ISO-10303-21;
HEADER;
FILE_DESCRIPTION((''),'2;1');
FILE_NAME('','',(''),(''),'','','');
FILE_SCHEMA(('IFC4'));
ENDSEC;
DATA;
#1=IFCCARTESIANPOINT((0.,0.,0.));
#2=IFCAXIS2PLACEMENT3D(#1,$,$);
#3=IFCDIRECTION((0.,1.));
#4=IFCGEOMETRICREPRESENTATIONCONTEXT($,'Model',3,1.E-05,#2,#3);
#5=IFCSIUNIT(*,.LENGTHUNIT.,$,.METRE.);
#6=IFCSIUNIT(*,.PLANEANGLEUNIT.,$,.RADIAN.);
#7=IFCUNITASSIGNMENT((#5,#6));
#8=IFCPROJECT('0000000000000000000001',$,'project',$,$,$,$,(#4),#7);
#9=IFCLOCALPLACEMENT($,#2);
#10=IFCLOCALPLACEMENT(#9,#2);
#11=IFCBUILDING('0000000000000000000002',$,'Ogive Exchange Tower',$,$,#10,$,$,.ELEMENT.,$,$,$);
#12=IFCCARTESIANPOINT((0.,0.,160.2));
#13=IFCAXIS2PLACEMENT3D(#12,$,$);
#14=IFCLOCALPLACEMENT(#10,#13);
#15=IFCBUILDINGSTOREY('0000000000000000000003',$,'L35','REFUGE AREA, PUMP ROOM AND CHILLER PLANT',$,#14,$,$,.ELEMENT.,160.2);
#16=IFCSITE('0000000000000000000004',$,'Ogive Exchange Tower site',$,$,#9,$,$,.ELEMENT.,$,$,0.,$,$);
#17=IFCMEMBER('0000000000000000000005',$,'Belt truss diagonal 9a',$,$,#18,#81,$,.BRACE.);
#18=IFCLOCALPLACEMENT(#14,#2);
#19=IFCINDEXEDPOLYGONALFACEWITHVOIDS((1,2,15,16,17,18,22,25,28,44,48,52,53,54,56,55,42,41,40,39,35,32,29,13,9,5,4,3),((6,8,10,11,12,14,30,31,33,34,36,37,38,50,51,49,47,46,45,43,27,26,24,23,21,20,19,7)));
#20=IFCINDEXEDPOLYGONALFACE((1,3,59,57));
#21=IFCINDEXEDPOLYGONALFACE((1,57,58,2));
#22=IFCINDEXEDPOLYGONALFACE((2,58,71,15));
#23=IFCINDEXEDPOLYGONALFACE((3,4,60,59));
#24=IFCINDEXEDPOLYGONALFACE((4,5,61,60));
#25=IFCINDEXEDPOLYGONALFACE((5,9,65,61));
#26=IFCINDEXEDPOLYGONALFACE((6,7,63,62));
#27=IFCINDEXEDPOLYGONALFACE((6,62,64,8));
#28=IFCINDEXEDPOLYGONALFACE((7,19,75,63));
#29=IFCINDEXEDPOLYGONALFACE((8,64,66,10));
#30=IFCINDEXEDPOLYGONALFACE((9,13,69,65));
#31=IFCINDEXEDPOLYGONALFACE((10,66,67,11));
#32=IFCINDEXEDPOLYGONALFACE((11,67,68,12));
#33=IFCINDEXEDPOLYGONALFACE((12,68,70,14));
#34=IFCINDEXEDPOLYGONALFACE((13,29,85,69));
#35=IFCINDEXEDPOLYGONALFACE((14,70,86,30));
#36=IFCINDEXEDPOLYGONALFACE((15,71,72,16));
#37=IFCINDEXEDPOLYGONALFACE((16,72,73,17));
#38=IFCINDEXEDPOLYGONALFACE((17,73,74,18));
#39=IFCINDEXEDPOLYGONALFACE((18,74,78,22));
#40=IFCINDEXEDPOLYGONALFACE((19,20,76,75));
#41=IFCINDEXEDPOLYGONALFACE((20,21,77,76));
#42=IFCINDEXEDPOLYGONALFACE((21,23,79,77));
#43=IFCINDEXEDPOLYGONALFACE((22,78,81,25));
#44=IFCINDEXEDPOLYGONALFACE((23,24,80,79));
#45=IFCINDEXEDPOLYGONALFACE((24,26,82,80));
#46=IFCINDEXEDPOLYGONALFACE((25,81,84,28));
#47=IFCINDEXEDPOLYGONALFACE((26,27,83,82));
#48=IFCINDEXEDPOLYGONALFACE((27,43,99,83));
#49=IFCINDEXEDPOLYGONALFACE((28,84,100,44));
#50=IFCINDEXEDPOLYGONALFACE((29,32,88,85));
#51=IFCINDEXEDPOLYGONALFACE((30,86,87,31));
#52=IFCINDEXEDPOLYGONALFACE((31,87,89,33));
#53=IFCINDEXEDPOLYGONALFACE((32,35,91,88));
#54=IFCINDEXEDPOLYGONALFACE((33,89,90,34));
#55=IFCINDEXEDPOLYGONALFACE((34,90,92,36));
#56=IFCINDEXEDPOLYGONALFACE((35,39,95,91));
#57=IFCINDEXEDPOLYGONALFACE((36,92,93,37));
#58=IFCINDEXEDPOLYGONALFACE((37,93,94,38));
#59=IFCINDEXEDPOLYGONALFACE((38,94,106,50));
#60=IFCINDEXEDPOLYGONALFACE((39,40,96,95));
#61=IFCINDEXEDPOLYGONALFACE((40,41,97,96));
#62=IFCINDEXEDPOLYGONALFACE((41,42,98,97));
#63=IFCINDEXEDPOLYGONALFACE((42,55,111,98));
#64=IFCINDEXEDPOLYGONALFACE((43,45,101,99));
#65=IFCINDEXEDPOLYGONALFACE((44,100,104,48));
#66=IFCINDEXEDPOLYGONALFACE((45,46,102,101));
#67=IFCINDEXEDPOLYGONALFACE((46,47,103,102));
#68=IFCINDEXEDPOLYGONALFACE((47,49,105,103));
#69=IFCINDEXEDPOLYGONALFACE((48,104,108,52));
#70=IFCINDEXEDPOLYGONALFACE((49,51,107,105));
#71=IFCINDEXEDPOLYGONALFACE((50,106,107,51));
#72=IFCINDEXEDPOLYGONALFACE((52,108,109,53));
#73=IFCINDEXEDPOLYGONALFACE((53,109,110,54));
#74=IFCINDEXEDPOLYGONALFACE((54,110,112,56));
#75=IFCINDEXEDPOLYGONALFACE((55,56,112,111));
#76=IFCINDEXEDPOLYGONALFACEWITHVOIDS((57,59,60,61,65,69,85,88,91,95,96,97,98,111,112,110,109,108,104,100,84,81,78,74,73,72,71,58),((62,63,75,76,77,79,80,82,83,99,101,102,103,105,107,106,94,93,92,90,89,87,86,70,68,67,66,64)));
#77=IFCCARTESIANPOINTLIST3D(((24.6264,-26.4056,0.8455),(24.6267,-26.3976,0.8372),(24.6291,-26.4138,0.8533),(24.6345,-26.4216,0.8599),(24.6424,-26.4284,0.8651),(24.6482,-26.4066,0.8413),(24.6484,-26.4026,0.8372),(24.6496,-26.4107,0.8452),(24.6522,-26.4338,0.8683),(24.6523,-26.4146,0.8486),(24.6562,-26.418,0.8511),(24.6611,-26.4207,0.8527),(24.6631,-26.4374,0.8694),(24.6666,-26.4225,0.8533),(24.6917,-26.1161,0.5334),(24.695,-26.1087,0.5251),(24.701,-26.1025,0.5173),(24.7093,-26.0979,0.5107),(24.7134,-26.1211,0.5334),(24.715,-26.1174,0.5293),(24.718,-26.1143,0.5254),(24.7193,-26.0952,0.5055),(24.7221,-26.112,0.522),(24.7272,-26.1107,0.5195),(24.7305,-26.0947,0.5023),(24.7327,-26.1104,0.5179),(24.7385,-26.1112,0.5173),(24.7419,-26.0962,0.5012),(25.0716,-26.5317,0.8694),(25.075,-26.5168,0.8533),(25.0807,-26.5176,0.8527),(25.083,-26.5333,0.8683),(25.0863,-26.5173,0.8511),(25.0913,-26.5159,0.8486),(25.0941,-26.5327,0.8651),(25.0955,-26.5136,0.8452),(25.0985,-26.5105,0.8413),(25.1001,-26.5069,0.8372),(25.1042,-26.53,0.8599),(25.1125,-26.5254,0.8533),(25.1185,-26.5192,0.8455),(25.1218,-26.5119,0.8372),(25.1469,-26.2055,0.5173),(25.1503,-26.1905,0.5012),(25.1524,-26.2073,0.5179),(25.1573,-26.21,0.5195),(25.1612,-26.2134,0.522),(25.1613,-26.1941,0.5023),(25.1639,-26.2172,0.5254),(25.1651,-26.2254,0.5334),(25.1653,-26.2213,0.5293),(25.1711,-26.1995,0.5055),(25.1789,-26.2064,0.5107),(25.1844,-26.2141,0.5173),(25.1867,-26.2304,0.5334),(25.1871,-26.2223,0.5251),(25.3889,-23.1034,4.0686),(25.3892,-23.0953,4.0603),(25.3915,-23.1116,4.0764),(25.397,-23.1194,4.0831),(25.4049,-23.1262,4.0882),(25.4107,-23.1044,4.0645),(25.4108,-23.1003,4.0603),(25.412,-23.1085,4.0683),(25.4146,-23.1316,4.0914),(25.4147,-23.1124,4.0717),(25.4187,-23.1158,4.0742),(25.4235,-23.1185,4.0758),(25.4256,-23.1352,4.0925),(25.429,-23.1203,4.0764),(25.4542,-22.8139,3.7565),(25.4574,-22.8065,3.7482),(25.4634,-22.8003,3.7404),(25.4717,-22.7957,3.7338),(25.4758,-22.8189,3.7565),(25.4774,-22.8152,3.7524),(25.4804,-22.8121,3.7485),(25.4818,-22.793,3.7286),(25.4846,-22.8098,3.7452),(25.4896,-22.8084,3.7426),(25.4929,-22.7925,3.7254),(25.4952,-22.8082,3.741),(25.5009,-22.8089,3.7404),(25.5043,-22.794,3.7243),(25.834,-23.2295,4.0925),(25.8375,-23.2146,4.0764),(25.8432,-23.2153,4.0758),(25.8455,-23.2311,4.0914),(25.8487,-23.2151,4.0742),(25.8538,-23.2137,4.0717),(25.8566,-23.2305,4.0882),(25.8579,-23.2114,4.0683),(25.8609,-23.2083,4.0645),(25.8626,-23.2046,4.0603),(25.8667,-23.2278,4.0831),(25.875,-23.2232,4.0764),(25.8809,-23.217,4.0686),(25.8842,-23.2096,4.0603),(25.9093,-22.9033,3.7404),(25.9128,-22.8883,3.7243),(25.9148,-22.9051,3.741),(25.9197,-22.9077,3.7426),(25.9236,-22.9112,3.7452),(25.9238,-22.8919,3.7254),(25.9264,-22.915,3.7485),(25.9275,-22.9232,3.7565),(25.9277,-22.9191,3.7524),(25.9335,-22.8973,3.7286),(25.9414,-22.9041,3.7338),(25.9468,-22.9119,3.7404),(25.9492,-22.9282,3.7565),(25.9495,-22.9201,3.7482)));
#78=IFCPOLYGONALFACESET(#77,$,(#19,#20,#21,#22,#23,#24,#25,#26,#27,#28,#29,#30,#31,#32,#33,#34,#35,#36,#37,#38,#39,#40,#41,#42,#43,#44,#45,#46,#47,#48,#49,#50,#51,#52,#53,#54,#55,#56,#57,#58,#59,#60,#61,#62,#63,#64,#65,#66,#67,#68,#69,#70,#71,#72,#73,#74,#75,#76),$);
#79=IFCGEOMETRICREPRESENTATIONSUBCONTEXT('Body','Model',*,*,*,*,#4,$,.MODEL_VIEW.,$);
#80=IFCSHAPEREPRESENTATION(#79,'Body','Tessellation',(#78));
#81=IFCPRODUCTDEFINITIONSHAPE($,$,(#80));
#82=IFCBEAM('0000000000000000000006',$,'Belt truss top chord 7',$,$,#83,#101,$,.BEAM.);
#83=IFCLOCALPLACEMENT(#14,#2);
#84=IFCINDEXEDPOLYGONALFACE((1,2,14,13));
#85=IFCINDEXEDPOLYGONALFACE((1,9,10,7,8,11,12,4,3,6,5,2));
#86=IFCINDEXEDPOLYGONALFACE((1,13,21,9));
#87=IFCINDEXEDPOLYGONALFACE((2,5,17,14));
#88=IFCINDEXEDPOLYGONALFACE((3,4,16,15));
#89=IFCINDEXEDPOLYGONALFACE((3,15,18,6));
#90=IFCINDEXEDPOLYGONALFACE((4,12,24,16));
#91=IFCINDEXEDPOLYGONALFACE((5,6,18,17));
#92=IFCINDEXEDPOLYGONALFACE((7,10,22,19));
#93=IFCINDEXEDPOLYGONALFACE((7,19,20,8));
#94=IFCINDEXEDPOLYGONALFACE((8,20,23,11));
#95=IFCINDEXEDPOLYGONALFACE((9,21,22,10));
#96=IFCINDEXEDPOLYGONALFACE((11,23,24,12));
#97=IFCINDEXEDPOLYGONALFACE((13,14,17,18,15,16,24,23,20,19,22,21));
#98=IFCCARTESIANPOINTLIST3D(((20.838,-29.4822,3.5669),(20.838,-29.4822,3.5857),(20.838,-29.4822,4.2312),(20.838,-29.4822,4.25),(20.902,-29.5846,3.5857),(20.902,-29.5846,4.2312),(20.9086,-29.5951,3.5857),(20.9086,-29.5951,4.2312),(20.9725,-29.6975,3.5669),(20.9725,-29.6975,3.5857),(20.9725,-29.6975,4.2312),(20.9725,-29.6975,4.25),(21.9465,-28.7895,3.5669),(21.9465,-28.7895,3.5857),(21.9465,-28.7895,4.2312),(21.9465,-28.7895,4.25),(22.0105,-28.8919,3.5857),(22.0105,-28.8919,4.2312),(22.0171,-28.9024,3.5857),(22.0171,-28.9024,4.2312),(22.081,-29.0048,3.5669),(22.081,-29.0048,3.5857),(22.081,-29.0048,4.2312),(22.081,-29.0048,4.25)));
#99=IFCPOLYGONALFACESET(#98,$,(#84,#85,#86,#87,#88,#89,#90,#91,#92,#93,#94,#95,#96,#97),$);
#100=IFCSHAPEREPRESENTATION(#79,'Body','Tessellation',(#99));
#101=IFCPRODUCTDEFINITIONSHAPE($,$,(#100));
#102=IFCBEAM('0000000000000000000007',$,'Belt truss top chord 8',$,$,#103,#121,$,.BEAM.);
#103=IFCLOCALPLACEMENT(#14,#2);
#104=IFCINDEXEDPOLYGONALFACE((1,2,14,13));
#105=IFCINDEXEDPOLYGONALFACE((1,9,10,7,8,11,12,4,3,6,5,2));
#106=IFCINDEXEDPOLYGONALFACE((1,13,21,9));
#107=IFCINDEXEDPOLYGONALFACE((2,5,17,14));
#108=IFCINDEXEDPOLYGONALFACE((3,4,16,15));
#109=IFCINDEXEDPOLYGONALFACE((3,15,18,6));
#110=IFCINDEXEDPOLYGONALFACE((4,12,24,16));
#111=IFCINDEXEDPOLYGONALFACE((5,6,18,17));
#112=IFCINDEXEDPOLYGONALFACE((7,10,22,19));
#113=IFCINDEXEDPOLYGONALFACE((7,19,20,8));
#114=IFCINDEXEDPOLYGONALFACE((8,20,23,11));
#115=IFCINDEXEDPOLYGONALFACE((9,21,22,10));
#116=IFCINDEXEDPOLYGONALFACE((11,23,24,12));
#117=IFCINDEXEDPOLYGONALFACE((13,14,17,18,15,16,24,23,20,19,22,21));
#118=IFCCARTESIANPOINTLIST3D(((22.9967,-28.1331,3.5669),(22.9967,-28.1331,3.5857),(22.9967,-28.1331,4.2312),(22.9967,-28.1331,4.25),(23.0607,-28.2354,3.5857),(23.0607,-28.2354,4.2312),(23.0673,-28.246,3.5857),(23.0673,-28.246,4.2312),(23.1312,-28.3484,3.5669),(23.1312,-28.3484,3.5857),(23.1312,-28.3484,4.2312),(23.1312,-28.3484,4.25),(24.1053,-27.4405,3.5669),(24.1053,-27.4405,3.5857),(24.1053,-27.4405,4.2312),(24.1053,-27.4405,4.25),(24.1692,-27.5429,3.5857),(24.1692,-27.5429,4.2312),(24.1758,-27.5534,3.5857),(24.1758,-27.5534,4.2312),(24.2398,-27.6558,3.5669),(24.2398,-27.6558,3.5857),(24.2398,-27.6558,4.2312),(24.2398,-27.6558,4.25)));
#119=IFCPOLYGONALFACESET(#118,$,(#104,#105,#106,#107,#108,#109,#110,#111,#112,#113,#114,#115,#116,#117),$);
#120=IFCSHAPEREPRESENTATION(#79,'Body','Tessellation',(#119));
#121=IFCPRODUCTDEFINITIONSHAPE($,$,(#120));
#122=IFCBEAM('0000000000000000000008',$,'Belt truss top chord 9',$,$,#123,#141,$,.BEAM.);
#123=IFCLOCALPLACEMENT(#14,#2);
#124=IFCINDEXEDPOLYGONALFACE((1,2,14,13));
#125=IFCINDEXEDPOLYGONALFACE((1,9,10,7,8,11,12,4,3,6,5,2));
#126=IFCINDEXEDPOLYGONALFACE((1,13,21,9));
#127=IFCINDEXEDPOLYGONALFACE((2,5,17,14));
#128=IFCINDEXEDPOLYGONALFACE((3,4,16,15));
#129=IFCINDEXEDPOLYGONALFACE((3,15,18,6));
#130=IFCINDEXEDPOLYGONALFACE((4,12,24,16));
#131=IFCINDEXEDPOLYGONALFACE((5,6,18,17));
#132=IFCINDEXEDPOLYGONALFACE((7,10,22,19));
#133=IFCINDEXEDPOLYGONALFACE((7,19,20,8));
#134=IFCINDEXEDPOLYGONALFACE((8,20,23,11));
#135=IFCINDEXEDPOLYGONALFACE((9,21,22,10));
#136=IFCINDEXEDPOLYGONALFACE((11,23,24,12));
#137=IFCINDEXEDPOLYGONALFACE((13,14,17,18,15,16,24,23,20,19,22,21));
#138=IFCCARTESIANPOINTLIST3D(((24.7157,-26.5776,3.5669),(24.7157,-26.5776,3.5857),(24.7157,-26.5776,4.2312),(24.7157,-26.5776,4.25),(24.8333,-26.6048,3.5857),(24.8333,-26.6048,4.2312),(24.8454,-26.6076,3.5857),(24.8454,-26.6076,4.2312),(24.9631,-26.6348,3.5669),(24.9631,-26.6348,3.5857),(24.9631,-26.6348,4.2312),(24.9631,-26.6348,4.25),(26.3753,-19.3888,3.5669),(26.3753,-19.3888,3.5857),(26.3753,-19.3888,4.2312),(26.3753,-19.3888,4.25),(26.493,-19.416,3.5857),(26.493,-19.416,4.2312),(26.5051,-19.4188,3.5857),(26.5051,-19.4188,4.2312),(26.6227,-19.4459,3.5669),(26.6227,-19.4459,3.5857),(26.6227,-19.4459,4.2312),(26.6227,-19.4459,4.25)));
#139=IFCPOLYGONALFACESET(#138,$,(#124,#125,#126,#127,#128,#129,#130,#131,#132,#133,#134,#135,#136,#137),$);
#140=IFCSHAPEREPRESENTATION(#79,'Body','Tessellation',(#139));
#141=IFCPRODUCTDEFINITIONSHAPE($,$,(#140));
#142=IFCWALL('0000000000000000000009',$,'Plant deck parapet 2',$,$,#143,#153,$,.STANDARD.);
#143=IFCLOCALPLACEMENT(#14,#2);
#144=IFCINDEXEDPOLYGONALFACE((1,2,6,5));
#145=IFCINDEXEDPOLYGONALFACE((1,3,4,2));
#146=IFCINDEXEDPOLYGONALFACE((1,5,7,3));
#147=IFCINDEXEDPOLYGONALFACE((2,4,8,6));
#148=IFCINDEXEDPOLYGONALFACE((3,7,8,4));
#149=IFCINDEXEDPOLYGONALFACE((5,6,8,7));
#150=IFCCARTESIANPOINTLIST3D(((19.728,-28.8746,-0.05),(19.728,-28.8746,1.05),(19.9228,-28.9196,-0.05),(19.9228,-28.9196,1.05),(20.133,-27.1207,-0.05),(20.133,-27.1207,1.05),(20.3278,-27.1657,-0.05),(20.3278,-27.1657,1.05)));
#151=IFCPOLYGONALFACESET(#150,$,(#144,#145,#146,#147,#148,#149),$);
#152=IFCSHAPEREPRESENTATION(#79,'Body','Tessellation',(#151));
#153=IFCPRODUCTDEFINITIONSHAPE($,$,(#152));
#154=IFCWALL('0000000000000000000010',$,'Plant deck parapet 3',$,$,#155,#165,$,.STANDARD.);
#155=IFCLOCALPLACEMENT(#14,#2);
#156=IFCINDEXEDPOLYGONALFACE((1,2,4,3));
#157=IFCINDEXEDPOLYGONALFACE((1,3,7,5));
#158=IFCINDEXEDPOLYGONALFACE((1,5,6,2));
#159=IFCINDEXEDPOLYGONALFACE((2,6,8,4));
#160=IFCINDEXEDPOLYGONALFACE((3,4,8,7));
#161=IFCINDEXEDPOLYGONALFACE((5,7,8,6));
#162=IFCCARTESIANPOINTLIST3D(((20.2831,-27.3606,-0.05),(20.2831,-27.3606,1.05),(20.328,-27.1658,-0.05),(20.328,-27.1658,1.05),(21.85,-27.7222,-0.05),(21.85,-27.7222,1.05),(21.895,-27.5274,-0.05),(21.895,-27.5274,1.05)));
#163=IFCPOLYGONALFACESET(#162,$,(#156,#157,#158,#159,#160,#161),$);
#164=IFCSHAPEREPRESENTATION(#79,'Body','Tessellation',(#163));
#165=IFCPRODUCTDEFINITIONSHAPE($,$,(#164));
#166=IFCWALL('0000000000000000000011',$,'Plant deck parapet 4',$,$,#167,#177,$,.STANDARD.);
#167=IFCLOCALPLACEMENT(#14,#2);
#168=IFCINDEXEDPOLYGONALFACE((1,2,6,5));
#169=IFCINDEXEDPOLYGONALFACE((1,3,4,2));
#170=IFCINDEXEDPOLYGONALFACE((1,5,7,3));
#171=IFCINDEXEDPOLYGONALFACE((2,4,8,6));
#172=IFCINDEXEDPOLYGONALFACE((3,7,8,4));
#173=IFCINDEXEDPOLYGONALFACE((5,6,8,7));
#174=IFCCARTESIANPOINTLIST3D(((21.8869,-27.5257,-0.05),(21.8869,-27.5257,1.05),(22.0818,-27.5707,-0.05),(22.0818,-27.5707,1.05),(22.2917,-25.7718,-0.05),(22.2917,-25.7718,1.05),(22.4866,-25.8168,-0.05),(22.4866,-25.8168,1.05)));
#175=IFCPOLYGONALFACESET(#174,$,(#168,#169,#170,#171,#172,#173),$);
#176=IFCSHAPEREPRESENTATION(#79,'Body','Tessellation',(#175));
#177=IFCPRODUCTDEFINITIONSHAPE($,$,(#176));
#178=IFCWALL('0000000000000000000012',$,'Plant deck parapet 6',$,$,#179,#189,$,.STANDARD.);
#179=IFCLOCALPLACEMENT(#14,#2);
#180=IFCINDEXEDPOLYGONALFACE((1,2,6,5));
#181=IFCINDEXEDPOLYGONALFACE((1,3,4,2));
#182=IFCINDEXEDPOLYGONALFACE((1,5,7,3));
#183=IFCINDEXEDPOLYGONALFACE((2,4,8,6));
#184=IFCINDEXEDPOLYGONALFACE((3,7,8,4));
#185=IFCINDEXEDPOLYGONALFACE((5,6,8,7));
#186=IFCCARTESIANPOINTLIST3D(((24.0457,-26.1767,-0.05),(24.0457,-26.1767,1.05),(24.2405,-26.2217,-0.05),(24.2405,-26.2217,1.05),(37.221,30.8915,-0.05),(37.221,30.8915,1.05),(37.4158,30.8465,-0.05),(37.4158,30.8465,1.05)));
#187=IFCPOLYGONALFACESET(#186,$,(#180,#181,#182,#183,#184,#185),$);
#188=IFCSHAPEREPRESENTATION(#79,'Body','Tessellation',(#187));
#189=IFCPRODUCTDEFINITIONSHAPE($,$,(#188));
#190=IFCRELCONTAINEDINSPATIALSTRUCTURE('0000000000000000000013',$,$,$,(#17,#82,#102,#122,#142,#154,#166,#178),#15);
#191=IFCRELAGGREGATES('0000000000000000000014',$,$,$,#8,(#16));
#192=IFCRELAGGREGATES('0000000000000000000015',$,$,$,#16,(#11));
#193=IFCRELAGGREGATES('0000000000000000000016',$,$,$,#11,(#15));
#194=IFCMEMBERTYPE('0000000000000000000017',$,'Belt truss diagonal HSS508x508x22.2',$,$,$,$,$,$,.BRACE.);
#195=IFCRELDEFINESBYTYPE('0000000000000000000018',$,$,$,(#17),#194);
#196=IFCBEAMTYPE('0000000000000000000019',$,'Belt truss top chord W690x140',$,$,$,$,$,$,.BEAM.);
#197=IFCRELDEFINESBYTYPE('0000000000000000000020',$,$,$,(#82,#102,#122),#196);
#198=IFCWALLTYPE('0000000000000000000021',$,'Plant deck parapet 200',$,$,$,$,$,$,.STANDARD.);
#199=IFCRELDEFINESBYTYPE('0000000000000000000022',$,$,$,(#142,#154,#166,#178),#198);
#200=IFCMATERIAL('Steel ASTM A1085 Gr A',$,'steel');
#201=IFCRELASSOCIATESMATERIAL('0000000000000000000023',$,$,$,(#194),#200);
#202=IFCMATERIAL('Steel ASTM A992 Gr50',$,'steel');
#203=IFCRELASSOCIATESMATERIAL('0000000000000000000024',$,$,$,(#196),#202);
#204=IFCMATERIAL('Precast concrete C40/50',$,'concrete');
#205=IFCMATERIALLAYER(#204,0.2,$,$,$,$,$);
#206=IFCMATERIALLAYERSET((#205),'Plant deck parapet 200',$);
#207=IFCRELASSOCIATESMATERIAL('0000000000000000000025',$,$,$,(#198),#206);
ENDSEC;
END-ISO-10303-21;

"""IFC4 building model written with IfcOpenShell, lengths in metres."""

from ifc_helpers import new_model, si_unit, direction, frame, frame_2d, origin, origin_2d, place, context, subcontext, project, spatial, rectangle, hollow_rectangle, i_section, extrude, material, layer, layer_set, material_profile, profile_set, type_object, element, save


model = new_model("IFC4")

# Units and contexts
model_context = context("Model", 3, precision=1e-05, world=origin(), true_north=direction((0.0, 1.0)))
body_context = subcontext(model_context, "Body", "Model", "MODEL_VIEW")
ifc_project = project(units=[si_unit("LENGTHUNIT", "METRE"), si_unit("PLANEANGLEUNIT", "RADIAN")], contexts=[model_context])

# Site, building, storey
site_placement = place(None, origin())
site = spatial("IfcSite", under=ifc_project, at=site_placement, Name="Ogive Exchange Tower site", CompositionType="ELEMENT", RefElevation=0.0)
building_placement = place(site_placement, origin())
building = spatial("IfcBuilding", under=site, at=building_placement, Name="Ogive Exchange Tower", CompositionType="ELEMENT")
storey_placement = place(building_placement, frame((0.0, 0.0, 160.2)))
storey = spatial("IfcBuildingStorey", under=building, at=storey_placement, Name="L35", Description="REFUGE AREA, PUMP ROOM AND CHILLER PLANT", CompositionType="ELEMENT", Elevation=160.2)

# Shared definitions
ifc_material_1 = material(Name="Steel ASTM A992 Gr50", Category="steel")

# Member
ifc_material_2 = material(Name="Steel ASTM A1085 Gr A", Category="steel")
ifc_material_profile_1 = material_profile(ifc_material_2, hollow_rectangle(XDim=0.5081, YDim=0.5081, WallThickness=0.0222, InnerFilletRadius=0.0222, OuterFilletRadius=0.0444, at=origin_2d()), Name="HSS508x508x22.2")
ifc_profile_set_1 = profile_set([ifc_material_profile_1], Name="Steel ASTM A1085 Gr A")
member_type = type_object("IfcMemberType", Name="Belt truss diagonal HSS508x508x22.2", PredefinedType="BRACE", material=ifc_profile_set_1)
member_1_placement = place(storey_placement, frame((24.9067, -26.314, 0.6853), z_axis=(0.16302, 0.706053, 0.68914), x_axis=(-0.974366, 0.22497, 0.0)))
element("IfcMember", 1, at=member_1_placement, inside=storey, type_object=member_type, Name="Belt truss diagonal 9a", PredefinedType="BRACE", context=body_context, shape_type="SweptSolid", body=[
    extrude(hollow_rectangle(XDim=0.5081, YDim=0.5081, WallThickness=0.0222, InnerFilletRadius=0.0222, OuterFilletRadius=0.0444, at=origin_2d()), origin(), (0.0, 0.0, 1.0), 4.677),
])

# Beams
ifc_material_profile_2 = material_profile(ifc_material_1, i_section(OverallWidth=0.2539, OverallDepth=0.6831, WebThickness=0.0125, FlangeThickness=0.0188, at=origin_2d()), Name="W690x140")
ifc_profile_set_2 = profile_set([ifc_material_profile_2], Name="Steel ASTM A992 Gr50")
beam_type_1 = type_object("IfcBeamType", Name="Belt truss top chord W690x140", PredefinedType="BEAM", material=ifc_profile_set_2)
for number, where, z_axis, x_axis, name in (
    (2, (20.9053, -29.5898, 3.9084), (0.84804, 0.529932, 0.0), (-0.529932, 0.84804, 0.0), "Belt truss top chord 7"),
    (3, (23.064, -28.2407, 3.9084), (0.848093, 0.529848, 0.0), (-0.529848, 0.848093, 0.0), "Belt truss top chord 8"),
):
    element("IfcBeam", number, at=place(storey_placement, frame(where, z_axis=z_axis, x_axis=x_axis)), inside=storey, type_object=beam_type_1, Name=name, PredefinedType="BEAM", context=body_context, shape_type="SweptSolid", body=[
        extrude(i_section(OverallWidth=0.2539, OverallDepth=0.6831, WebThickness=0.0125, FlangeThickness=0.0188, at=origin_2d()), origin(), (0.0, 0.0, 1.0), 1.3071),
    ])
beam_1_placement = place(storey_placement, frame((24.8394, -26.6062, 3.9084), z_axis=(0.224954, 0.974369, 0.0), x_axis=(-0.974369, 0.224954, 0.0)))
element("IfcBeam", 4, at=beam_1_placement, inside=storey, type_object=beam_type_1, Name="Belt truss top chord 9", PredefinedType="BEAM", context=body_context, shape_type="SweptSolid", body=[
    extrude(i_section(OverallWidth=0.2539, OverallDepth=0.6831, WebThickness=0.0125, FlangeThickness=0.0188, at=origin_2d()), origin(), (0.0, 0.0, 1.0), 7.3779),
])

# Walls
ifc_material_3 = material(Name="Precast concrete C40/50", Category="concrete")
ifc_layer = layer(ifc_material_3, 0.2)
ifc_layer_set = layer_set([ifc_layer], Name="Plant deck parapet 200")
wall_type = type_object("IfcWallType", Name="Plant deck parapet 200", PredefinedType="STANDARD", material=ifc_layer_set)
wall_1_placement = place(storey_placement, frame((19.8254, -28.897, -0.05), z_axis=(0.0, 0.0, 1.0), x_axis=(0.225008, 0.974357, 0.0)))
element("IfcWall", 5, at=wall_1_placement, inside=storey, type_object=wall_type, Name="Plant deck parapet 2", PredefinedType="STANDARD", context=body_context, shape_type="SweptSolid", body=[
    extrude(rectangle(XDim=1.8, YDim=0.2, at=frame_2d((0.8999, 0.0))), origin(), (0.0, 0.0, 1.0), 1.1001),
])
wall_2_placement = place(storey_placement, frame((20.3054, -27.2632, -0.05), z_axis=(0.0, 0.0, 1.0), x_axis=(0.974394, -0.224848, 0.0)))
element("IfcWall", 6, at=wall_2_placement, inside=storey, type_object=wall_type, Name="Plant deck parapet 3", PredefinedType="STANDARD", context=body_context, shape_type="SweptSolid", body=[
    extrude(rectangle(XDim=1.6082, YDim=0.2, at=frame_2d((0.8042, 0.0))), origin(), (0.0, 0.0, 1.0), 1.1001),
])
wall_3_placement = place(storey_placement, frame((21.9844, -27.5481, -0.05), z_axis=(0.0, 0.0, 1.0), x_axis=(0.224879, 0.974387, 0.0)))
element("IfcWall", 7, at=wall_3_placement, inside=storey, type_object=wall_type, Name="Plant deck parapet 4", PredefinedType="STANDARD", context=body_context, shape_type="SweptSolid", body=[
    extrude(rectangle(XDim=1.8, YDim=0.2, at=frame_2d((0.8999, 0.0))), origin(), (0.0, 0.0, 1.0), 1.1001),
])
wall_4_placement = place(storey_placement, frame((24.1431, -26.1992, -0.05), z_axis=(0.0, 0.0, 1.0), x_axis=(0.224952, 0.97437, 0.0)))
element("IfcWall", 8, at=wall_4_placement, inside=storey, type_object=wall_type, Name="Plant deck parapet 6", PredefinedType="STANDARD", context=body_context, shape_type="SweptSolid", body=[
    extrude(rectangle(XDim=58.5693, YDim=0.2, at=frame_2d((29.2847, 0.0))), origin(), (0.0, 0.0, 1.0), 1.1001),
])

save(model, "model.ifc")
